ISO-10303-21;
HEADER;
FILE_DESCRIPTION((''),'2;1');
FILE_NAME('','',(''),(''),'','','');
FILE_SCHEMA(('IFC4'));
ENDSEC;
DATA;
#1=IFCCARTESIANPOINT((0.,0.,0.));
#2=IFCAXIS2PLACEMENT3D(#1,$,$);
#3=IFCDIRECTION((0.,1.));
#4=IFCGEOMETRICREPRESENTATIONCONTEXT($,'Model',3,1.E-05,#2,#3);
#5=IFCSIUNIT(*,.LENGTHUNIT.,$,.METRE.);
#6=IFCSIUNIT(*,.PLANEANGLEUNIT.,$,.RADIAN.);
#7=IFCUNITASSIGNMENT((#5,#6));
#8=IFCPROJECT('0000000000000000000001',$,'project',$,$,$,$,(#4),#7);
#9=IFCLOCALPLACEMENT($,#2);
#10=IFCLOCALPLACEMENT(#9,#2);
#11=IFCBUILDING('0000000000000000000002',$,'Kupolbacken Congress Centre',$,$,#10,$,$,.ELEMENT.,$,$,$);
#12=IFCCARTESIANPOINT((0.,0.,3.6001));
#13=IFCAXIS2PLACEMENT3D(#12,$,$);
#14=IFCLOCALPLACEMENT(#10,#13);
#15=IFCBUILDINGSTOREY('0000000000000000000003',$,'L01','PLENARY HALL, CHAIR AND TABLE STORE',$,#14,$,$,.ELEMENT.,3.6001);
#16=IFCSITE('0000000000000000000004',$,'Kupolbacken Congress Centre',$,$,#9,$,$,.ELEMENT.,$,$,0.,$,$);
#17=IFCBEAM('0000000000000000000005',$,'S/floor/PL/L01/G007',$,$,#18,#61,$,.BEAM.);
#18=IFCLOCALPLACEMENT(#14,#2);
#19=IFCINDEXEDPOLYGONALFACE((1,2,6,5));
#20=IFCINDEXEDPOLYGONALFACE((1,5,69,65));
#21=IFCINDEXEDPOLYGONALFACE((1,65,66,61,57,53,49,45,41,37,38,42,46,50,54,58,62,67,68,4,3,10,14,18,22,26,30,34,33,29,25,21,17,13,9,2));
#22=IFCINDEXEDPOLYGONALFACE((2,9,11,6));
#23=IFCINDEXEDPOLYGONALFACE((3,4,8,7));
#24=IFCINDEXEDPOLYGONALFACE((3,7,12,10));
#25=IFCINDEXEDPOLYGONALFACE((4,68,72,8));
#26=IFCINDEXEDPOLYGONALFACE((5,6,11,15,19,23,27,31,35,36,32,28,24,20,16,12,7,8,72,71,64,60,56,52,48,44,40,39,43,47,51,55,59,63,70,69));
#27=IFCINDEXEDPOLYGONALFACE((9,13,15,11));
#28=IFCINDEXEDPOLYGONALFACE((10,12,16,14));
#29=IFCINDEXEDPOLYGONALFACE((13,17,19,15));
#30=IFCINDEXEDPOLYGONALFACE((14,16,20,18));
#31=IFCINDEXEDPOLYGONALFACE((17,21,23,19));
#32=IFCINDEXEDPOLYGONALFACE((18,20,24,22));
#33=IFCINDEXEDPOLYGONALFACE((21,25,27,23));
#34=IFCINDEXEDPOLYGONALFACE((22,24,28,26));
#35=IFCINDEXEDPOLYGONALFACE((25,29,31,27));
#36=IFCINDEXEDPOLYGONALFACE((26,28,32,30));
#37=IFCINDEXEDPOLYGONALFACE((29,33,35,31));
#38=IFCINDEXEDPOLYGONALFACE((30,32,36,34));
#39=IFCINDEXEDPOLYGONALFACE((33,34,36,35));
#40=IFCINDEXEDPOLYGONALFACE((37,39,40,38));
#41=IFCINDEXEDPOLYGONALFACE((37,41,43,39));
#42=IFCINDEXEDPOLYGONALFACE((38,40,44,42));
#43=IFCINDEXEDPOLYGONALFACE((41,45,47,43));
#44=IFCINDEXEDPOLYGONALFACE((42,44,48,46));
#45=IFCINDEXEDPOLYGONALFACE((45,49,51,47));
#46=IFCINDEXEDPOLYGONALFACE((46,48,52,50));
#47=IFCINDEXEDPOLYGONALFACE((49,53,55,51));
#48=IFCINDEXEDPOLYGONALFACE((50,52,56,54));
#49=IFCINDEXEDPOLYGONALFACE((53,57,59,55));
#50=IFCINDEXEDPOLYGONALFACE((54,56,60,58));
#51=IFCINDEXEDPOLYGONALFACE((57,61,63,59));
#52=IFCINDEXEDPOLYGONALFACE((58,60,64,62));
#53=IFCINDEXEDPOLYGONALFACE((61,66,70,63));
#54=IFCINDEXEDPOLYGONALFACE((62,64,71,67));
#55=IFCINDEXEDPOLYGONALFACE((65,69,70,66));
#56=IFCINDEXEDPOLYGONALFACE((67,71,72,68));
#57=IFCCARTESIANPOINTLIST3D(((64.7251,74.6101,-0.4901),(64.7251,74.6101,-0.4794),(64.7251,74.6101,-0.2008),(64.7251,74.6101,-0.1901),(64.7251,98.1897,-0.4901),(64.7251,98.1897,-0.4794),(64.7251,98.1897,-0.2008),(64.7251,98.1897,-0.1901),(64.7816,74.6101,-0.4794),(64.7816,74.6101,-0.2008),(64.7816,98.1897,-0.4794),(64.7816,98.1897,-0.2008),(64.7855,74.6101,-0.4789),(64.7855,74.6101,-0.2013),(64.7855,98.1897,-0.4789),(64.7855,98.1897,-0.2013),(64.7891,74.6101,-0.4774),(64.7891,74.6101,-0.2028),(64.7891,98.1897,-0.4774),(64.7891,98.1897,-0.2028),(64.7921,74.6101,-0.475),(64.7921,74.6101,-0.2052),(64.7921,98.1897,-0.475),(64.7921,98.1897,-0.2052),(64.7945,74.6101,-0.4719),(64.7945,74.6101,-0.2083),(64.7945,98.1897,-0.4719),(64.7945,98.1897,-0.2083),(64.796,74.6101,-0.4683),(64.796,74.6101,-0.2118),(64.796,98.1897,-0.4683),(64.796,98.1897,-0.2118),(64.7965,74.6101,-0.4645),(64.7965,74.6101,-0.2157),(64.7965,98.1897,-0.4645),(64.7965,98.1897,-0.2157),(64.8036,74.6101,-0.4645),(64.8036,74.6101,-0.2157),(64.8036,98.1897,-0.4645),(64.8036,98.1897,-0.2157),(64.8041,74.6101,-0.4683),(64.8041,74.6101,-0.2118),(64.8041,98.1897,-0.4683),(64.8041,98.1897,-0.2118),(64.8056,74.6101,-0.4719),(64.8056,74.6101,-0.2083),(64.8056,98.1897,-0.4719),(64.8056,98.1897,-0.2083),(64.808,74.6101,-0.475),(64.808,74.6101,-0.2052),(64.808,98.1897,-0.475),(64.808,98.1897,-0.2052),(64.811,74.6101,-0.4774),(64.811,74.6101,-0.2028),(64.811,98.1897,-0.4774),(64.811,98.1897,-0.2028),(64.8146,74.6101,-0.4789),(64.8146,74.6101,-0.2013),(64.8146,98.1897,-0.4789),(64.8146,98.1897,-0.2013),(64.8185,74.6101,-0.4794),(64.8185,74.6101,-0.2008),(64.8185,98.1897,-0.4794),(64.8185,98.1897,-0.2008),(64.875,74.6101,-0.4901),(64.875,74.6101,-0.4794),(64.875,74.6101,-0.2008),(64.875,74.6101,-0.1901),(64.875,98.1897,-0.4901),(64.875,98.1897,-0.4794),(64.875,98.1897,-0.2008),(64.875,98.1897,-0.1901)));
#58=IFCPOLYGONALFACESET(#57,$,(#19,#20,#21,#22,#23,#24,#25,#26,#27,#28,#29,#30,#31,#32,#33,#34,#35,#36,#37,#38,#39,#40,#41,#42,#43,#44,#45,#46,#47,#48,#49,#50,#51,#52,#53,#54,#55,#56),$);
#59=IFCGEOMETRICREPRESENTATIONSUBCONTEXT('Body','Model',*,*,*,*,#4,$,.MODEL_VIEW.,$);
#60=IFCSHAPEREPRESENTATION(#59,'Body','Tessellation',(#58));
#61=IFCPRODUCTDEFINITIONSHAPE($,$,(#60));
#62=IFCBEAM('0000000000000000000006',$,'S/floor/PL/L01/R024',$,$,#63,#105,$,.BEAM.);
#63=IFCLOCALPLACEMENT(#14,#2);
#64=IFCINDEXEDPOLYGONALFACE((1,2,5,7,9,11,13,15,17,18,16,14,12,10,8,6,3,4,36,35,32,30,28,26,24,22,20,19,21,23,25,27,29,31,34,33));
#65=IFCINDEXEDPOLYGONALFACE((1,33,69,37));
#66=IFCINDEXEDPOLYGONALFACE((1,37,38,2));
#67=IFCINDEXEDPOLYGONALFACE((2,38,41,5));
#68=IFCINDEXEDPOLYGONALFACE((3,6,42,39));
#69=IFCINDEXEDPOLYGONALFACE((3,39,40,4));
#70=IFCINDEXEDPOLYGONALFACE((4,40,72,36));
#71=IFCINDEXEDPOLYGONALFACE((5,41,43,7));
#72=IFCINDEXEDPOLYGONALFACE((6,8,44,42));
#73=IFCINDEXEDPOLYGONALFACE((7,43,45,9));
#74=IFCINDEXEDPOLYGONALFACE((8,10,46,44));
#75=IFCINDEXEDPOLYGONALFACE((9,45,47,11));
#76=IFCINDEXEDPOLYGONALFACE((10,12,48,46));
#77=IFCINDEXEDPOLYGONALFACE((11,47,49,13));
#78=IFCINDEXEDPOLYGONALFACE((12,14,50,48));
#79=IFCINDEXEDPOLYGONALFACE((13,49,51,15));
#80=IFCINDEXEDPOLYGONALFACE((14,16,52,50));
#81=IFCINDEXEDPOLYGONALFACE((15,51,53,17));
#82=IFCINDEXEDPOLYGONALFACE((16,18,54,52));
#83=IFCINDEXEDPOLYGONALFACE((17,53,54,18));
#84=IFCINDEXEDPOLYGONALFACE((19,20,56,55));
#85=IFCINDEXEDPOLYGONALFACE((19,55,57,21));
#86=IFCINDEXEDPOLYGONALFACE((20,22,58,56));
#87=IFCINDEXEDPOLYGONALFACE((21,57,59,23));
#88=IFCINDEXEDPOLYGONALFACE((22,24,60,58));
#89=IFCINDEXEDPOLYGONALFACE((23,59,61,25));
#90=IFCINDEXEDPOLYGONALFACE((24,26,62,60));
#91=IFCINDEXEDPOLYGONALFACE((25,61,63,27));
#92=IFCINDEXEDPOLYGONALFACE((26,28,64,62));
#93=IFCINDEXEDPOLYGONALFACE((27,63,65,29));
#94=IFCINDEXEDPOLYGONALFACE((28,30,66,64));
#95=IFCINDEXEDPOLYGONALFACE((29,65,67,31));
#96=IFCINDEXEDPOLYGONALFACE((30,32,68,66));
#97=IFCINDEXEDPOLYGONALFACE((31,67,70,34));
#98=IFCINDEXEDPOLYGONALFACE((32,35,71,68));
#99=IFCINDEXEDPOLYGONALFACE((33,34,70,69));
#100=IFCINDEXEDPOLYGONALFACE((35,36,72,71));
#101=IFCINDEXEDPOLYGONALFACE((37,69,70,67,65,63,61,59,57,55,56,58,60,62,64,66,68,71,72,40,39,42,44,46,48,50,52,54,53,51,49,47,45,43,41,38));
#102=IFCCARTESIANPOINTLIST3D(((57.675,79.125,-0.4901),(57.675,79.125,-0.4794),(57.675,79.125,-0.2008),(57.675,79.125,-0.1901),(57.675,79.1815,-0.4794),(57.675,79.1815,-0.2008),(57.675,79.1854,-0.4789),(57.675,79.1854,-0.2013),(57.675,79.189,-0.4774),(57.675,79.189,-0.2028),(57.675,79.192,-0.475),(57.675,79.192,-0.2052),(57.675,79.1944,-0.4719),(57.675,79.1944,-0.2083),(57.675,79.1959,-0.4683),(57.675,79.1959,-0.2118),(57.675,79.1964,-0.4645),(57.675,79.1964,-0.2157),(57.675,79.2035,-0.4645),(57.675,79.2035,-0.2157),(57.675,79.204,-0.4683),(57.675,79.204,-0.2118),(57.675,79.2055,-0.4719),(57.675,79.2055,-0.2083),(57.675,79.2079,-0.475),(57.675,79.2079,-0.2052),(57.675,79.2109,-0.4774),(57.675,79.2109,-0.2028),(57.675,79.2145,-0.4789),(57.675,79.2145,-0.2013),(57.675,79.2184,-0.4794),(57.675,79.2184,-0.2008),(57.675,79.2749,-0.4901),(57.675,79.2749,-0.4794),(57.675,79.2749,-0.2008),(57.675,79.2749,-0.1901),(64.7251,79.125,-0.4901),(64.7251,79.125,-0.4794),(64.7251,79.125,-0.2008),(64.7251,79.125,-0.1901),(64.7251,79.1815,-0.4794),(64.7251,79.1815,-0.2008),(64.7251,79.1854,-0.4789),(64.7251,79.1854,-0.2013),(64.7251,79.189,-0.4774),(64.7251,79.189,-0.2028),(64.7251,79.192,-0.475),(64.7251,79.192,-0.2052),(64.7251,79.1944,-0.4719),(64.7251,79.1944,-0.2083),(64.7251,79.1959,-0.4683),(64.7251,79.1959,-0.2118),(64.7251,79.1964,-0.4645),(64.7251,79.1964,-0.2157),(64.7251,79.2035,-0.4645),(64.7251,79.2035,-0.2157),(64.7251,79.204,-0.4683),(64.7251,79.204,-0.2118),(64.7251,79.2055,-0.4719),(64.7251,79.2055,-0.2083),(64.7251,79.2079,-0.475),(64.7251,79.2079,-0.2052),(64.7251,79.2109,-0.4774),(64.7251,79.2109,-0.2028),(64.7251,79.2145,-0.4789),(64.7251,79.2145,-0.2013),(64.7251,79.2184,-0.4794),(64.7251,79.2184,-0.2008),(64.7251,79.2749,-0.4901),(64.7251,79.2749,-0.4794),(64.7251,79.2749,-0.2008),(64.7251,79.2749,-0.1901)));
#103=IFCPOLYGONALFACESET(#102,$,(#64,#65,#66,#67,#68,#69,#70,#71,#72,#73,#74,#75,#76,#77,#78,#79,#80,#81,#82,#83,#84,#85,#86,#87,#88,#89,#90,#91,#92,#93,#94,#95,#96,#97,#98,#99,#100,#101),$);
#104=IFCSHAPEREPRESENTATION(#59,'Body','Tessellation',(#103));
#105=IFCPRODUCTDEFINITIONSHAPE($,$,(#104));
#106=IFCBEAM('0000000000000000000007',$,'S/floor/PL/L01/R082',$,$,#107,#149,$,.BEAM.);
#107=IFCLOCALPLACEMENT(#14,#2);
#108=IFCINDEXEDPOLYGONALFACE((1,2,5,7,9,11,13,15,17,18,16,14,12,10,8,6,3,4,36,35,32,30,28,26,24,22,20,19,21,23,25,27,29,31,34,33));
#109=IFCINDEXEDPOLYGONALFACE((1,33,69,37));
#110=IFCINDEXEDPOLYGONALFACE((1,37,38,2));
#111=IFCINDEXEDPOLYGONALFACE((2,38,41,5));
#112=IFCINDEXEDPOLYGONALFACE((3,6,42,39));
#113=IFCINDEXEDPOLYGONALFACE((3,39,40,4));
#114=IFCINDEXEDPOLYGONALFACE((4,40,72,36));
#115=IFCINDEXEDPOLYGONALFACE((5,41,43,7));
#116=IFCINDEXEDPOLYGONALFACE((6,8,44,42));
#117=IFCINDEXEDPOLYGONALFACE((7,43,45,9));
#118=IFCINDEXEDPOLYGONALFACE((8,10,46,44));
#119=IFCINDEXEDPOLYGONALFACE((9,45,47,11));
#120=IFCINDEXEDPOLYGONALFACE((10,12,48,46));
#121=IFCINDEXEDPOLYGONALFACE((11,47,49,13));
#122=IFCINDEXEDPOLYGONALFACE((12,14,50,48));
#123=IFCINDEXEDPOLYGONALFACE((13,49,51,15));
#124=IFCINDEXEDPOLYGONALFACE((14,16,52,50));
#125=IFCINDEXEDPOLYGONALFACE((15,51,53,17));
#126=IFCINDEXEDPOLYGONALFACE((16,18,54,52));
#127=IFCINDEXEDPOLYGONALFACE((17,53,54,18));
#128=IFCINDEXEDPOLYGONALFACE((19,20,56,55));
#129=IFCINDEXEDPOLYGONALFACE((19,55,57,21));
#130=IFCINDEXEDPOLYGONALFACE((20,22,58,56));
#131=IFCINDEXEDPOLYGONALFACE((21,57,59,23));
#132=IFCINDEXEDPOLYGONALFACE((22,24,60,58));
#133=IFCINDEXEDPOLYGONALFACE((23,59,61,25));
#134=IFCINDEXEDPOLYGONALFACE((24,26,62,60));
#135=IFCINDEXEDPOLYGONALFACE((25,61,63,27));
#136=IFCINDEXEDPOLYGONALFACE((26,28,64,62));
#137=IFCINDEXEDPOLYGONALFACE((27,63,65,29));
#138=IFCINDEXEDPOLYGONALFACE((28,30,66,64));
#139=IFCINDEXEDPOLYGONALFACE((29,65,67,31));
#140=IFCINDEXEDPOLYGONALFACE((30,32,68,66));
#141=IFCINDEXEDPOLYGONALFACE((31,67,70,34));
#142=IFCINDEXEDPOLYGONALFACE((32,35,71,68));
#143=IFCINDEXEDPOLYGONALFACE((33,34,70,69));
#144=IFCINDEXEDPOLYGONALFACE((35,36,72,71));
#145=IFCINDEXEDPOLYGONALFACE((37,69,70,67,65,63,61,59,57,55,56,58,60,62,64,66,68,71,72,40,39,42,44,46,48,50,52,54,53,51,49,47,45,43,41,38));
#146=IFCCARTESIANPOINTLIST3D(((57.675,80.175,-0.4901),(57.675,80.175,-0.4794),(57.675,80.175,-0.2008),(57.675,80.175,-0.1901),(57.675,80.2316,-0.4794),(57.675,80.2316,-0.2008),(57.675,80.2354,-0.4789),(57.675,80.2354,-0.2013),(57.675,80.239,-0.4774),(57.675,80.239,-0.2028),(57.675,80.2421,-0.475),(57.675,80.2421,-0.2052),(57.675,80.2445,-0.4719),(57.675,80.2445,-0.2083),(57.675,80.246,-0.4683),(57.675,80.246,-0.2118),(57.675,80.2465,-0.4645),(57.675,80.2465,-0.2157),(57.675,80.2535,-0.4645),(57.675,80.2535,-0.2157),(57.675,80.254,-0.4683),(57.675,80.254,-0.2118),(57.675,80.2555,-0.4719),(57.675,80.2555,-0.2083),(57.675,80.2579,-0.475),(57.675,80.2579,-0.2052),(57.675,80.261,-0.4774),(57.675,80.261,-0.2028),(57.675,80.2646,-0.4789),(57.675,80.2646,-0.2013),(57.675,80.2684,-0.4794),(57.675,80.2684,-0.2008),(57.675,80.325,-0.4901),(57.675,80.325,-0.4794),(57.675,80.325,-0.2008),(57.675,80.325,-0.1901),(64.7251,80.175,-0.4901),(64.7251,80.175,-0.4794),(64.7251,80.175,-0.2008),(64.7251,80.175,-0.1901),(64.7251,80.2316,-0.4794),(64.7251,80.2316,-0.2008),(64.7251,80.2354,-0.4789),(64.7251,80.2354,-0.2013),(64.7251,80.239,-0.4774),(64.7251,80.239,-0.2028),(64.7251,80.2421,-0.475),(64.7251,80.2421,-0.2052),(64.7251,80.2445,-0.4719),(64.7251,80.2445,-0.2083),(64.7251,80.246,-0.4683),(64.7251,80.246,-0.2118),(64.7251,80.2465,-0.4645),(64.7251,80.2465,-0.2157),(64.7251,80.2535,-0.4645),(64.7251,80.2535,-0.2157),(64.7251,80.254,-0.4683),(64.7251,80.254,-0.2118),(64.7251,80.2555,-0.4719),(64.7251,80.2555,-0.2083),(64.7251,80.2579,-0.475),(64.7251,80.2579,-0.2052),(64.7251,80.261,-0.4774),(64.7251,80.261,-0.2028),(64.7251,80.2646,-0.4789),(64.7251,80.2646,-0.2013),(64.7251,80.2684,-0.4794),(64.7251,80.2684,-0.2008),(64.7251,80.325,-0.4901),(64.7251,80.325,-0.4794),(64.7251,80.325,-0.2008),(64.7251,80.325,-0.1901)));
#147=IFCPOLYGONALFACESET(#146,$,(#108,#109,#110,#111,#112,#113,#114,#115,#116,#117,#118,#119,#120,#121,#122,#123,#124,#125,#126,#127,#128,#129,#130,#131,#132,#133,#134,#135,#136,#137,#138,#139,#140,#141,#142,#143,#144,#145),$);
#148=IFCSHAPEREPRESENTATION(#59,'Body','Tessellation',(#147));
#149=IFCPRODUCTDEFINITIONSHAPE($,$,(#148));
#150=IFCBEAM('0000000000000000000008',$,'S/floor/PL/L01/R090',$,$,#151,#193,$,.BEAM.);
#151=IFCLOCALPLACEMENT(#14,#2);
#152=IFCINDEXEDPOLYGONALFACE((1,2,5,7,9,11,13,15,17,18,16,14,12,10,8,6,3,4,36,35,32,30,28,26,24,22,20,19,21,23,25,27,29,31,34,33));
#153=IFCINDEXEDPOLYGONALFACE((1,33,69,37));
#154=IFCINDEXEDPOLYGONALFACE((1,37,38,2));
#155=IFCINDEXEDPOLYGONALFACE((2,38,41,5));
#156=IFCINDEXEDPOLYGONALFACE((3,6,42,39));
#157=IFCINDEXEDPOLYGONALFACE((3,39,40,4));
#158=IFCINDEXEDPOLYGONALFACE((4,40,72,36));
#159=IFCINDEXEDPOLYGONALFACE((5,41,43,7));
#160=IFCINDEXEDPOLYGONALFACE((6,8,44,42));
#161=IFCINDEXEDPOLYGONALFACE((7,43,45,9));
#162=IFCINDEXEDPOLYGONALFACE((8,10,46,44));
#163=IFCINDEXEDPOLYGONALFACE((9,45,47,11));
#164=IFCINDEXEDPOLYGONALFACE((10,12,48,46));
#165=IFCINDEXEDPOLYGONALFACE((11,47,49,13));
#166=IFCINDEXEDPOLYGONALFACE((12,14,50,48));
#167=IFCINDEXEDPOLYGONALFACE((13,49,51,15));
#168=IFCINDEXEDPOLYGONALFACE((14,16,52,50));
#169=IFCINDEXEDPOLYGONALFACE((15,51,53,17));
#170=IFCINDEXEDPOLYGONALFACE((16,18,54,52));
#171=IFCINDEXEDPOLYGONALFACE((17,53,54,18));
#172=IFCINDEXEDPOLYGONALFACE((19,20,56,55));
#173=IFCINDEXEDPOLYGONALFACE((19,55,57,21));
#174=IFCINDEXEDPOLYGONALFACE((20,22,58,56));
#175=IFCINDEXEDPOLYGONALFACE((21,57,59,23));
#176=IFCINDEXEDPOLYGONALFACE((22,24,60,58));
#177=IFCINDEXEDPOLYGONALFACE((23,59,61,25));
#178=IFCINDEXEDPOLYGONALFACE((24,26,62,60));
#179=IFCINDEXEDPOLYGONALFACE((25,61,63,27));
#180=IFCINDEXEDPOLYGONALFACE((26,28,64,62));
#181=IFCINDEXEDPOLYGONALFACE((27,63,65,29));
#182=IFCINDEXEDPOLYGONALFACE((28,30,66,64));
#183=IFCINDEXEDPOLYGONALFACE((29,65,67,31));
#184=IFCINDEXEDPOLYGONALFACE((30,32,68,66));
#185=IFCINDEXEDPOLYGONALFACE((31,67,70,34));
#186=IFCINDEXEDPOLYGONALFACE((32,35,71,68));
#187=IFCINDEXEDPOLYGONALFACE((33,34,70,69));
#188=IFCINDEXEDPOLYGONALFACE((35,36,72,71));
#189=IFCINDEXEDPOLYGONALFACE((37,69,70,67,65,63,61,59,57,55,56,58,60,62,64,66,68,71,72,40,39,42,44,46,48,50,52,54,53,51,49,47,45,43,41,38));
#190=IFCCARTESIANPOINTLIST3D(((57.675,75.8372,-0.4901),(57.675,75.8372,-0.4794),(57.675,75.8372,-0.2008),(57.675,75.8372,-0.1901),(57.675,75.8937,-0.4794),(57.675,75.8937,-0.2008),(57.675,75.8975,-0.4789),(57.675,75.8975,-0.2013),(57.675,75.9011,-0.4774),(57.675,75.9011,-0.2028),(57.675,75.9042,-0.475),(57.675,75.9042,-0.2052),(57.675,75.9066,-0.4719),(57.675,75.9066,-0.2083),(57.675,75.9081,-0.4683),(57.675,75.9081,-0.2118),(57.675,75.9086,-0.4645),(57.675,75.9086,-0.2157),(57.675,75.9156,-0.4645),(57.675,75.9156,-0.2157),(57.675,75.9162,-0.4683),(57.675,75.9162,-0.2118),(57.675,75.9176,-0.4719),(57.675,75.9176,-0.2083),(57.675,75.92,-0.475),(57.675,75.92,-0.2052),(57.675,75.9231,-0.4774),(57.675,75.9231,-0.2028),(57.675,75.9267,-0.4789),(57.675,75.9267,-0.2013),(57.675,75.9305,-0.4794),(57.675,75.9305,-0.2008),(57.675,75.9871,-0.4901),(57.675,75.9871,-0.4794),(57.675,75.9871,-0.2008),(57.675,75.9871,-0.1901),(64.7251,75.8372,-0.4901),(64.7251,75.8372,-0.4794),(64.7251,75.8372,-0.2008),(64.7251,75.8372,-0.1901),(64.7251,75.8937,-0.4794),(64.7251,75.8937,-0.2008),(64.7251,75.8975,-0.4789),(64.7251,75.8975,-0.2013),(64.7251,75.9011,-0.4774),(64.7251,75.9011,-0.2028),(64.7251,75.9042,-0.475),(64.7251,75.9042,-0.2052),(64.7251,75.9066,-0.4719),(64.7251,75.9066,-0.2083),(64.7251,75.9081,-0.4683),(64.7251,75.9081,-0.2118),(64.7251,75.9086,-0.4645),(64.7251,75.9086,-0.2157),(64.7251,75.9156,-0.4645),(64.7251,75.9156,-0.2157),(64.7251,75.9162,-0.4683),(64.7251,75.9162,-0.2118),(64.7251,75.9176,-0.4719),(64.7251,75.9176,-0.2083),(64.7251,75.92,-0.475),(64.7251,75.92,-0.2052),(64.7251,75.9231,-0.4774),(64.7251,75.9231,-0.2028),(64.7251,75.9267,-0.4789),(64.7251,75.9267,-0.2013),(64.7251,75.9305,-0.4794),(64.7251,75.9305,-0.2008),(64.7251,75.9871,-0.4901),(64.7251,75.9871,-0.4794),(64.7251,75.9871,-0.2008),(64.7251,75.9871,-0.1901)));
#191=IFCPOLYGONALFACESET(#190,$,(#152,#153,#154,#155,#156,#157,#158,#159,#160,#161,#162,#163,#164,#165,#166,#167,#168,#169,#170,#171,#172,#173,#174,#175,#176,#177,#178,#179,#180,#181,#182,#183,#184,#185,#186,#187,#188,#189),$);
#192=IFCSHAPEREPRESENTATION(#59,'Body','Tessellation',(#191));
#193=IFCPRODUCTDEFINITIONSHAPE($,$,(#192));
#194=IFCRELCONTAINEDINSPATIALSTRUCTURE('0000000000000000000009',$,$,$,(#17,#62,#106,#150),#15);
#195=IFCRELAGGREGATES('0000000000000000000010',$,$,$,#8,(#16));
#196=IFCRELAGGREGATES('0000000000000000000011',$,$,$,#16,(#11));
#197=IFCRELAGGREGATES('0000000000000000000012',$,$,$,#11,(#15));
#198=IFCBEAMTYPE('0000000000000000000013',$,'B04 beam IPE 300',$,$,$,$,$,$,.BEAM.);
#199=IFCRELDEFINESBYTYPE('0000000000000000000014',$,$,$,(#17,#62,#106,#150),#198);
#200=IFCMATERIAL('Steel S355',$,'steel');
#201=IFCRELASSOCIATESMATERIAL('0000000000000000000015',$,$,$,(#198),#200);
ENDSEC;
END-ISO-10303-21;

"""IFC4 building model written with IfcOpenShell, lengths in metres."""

from ifc_helpers import new_model, si_unit, direction, frame, origin, origin_2d, place, context, subcontext, project, spatial, i_section, extrude, material, material_profile, profile_set, type_object, element, save


model = new_model("IFC4")

# Units and contexts
model_context = context("Model", 3, precision=1e-05, world=origin(), true_north=direction((0.0, 1.0)))
body_context = subcontext(model_context, "Body", "Model", "MODEL_VIEW")
ifc_project = project(units=[si_unit("LENGTHUNIT", "METRE"), si_unit("PLANEANGLEUNIT", "RADIAN")], contexts=[model_context])

# Site, building, storey
site_placement = place(None, origin())
site = spatial("IfcSite", under=ifc_project, at=site_placement, Name="Kupolbacken Congress Centre", CompositionType="ELEMENT", RefElevation=0.0)
building_placement = place(site_placement, origin())
building = spatial("IfcBuilding", under=site, at=building_placement, Name="Kupolbacken Congress Centre", CompositionType="ELEMENT")
storey_placement = place(building_placement, frame((0.0, 0.0, 3.6001)))
storey = spatial("IfcBuildingStorey", under=building, at=storey_placement, Name="L01", Description="PLENARY HALL, CHAIR AND TABLE STORE", CompositionType="ELEMENT", Elevation=3.6001)

# Beams
ifc_material_1 = material(Name="Steel S355", Category="steel")
ifc_material_profile_1 = material_profile(ifc_material_1, i_section(OverallWidth=0.1499, OverallDepth=0.3, WebThickness=0.0071, FlangeThickness=0.0107, FilletRadius=0.0149, at=origin_2d()), Name="IPE 300")
ifc_profile_set_1 = profile_set([ifc_material_profile_1], Name="Steel S355")
beam_type_1 = type_object("IfcBeamType", Name="B04 beam IPE 300", PredefinedType="BEAM", material=ifc_profile_set_1)
beam_1_placement = place(storey_placement, frame((64.8, 74.6101, -0.3401), z_axis=(0.0, 1.0, 0.0), x_axis=(-1.0, 0.0, 0.0)))
element("IfcBeam", 1, at=beam_1_placement, inside=storey, type_object=beam_type_1, Name="S/floor/PL/L01/G007", PredefinedType="BEAM", context=body_context, shape_type="SweptSolid", body=[
    extrude(i_section(OverallWidth=0.1499, OverallDepth=0.3, WebThickness=0.0071, FlangeThickness=0.0107, FilletRadius=0.0149, at=origin_2d()), origin(), (0.0, 0.0, 1.0), 23.5796),
])
for number, where, z_axis, x_axis, name in (
    (2, (57.675, 79.2, -0.3401), (1.0, 0.0, 0.0), (0.0, 1.0, 0.0), "S/floor/PL/L01/R024"),
    (3, (57.675, 80.25, -0.3401), (1.0, 0.0, 0.0), (0.0, 1.0, 0.0), "S/floor/PL/L01/R082"),
    (4, (57.675, 75.9121, -0.3401), (1.0, 0.0, 0.0), (0.0, 1.0, 0.0), "S/floor/PL/L01/R090"),
):
    element("IfcBeam", number, at=place(storey_placement, frame(where, z_axis=z_axis, x_axis=x_axis)), inside=storey, type_object=beam_type_1, Name=name, PredefinedType="BEAM", context=body_context, shape_type="SweptSolid", body=[
        extrude(i_section(OverallWidth=0.1499, OverallDepth=0.3, WebThickness=0.0071, FlangeThickness=0.0107, FilletRadius=0.0149, at=origin_2d()), origin(), (0.0, 0.0, 1.0), 7.05),
    ])

save(model, "model.ifc")
